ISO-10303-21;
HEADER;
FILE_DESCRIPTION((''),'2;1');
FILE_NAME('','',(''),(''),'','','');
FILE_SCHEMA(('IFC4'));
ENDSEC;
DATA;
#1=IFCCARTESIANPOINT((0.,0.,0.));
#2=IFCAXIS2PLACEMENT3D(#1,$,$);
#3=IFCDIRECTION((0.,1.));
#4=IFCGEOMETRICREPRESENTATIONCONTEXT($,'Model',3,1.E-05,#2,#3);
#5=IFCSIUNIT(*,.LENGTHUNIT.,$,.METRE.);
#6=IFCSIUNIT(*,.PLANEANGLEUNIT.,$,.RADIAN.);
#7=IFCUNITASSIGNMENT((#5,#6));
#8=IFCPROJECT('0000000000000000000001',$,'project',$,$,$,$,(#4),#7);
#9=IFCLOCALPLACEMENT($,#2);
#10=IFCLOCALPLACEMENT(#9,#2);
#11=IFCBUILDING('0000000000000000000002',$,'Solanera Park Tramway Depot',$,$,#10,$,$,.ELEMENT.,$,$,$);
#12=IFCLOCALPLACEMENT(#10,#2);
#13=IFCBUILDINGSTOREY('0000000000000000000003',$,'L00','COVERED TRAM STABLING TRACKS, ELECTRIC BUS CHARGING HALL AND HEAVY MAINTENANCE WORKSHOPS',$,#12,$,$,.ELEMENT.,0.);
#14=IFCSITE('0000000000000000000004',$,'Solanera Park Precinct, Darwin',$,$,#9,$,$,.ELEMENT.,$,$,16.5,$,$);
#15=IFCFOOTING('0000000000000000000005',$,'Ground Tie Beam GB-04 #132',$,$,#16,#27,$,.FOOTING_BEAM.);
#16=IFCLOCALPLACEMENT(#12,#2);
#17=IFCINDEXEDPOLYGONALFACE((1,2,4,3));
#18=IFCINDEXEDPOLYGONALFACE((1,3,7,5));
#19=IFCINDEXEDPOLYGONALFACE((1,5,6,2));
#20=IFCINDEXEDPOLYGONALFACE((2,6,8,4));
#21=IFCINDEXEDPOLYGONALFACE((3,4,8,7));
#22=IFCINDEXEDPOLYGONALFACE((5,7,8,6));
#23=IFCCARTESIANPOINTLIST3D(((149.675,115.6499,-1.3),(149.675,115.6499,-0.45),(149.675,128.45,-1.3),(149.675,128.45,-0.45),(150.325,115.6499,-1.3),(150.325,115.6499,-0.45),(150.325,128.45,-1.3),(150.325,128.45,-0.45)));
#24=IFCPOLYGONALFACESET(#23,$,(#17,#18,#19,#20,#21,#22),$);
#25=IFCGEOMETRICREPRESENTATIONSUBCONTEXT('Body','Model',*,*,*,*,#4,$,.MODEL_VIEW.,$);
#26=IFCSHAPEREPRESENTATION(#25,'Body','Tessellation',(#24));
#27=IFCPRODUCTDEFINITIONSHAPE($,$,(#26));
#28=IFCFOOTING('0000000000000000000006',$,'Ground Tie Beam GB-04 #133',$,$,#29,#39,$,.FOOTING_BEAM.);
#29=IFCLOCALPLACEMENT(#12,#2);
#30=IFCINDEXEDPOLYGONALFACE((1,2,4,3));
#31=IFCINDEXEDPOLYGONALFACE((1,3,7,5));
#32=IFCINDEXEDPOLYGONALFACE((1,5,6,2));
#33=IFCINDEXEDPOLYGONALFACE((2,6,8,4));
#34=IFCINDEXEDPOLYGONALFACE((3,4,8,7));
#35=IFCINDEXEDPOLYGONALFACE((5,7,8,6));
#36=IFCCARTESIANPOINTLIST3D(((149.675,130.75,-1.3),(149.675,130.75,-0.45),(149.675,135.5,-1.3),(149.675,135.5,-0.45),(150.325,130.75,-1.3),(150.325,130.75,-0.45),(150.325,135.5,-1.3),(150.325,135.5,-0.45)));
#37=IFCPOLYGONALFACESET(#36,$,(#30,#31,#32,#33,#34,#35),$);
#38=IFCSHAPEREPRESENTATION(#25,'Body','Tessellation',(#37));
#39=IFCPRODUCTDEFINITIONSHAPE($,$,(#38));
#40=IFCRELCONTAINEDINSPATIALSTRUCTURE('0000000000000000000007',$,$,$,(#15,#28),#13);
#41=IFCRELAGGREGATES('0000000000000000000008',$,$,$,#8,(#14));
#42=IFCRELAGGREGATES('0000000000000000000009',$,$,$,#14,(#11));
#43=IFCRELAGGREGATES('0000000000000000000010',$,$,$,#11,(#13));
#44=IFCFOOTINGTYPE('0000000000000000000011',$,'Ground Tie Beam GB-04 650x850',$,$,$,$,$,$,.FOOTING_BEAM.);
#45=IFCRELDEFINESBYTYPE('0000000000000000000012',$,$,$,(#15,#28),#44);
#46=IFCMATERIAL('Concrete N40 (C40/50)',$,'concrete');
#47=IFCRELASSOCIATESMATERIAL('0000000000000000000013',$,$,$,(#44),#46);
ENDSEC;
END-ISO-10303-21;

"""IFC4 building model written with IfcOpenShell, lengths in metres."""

from ifc_helpers import new_model, si_unit, direction, frame, origin, place, context, subcontext, project, spatial, polyline, outline, extrude, material, type_object, element, save


model = new_model("IFC4")

# Units and contexts
model_context = context("Model", 3, precision=1e-05, world=origin(), true_north=direction((0.0, 1.0)))
body_context = subcontext(model_context, "Body", "Model", "MODEL_VIEW")
ifc_project = project(units=[si_unit("LENGTHUNIT", "METRE"), si_unit("PLANEANGLEUNIT", "RADIAN")], contexts=[model_context])

# Site, building, storey
site_placement = place(None, origin())
site = spatial("IfcSite", under=ifc_project, at=site_placement, Name="Solanera Park Precinct, Darwin", CompositionType="ELEMENT", RefElevation=16.5)
building_placement = place(site_placement, origin())
building = spatial("IfcBuilding", under=site, at=building_placement, Name="Solanera Park Tramway Depot", CompositionType="ELEMENT")
storey_placement = place(building_placement, origin())
storey = spatial("IfcBuildingStorey", under=building, at=storey_placement, Name="L00", Description="COVERED TRAM STABLING TRACKS, ELECTRIC BUS CHARGING HALL AND HEAVY MAINTENANCE WORKSHOPS", CompositionType="ELEMENT", Elevation=0.0)

# Footings
ifc_material_1 = material(Name="Concrete N40 (C40/50)", Category="concrete")
footing_type_1 = type_object("IfcFootingType", Name="Ground Tie Beam GB-04 650x850", PredefinedType="FOOTING_BEAM", material=ifc_material_1)
footing_1_placement = place(storey_placement, frame((0.0, 0.0, -1.3)))
element("IfcFooting", 1, at=footing_1_placement, inside=storey, type_object=footing_type_1, Name="Ground Tie Beam GB-04 #132", PredefinedType="FOOTING_BEAM", context=body_context, shape_type="SweptSolid", body=[
    extrude(outline(polyline([(150.325, 115.6499), (150.325, 128.45), (149.675, 128.45), (149.675, 115.6499), (150.325, 115.6499)])), origin(), (0.0, 0.0, 1.0), 0.8501),
])
footing_2_placement = place(storey_placement, frame((0.0, 0.0, -1.3)))
element("IfcFooting", 2, at=footing_2_placement, inside=storey, type_object=footing_type_1, Name="Ground Tie Beam GB-04 #133", PredefinedType="FOOTING_BEAM", context=body_context, shape_type="SweptSolid", body=[
    extrude(outline(polyline([(150.325, 130.75), (150.325, 135.5), (149.675, 135.5), (149.675, 130.75), (150.325, 130.75)])), origin(), (0.0, 0.0, 1.0), 0.8501),
])

save(model, "model.ifc")
